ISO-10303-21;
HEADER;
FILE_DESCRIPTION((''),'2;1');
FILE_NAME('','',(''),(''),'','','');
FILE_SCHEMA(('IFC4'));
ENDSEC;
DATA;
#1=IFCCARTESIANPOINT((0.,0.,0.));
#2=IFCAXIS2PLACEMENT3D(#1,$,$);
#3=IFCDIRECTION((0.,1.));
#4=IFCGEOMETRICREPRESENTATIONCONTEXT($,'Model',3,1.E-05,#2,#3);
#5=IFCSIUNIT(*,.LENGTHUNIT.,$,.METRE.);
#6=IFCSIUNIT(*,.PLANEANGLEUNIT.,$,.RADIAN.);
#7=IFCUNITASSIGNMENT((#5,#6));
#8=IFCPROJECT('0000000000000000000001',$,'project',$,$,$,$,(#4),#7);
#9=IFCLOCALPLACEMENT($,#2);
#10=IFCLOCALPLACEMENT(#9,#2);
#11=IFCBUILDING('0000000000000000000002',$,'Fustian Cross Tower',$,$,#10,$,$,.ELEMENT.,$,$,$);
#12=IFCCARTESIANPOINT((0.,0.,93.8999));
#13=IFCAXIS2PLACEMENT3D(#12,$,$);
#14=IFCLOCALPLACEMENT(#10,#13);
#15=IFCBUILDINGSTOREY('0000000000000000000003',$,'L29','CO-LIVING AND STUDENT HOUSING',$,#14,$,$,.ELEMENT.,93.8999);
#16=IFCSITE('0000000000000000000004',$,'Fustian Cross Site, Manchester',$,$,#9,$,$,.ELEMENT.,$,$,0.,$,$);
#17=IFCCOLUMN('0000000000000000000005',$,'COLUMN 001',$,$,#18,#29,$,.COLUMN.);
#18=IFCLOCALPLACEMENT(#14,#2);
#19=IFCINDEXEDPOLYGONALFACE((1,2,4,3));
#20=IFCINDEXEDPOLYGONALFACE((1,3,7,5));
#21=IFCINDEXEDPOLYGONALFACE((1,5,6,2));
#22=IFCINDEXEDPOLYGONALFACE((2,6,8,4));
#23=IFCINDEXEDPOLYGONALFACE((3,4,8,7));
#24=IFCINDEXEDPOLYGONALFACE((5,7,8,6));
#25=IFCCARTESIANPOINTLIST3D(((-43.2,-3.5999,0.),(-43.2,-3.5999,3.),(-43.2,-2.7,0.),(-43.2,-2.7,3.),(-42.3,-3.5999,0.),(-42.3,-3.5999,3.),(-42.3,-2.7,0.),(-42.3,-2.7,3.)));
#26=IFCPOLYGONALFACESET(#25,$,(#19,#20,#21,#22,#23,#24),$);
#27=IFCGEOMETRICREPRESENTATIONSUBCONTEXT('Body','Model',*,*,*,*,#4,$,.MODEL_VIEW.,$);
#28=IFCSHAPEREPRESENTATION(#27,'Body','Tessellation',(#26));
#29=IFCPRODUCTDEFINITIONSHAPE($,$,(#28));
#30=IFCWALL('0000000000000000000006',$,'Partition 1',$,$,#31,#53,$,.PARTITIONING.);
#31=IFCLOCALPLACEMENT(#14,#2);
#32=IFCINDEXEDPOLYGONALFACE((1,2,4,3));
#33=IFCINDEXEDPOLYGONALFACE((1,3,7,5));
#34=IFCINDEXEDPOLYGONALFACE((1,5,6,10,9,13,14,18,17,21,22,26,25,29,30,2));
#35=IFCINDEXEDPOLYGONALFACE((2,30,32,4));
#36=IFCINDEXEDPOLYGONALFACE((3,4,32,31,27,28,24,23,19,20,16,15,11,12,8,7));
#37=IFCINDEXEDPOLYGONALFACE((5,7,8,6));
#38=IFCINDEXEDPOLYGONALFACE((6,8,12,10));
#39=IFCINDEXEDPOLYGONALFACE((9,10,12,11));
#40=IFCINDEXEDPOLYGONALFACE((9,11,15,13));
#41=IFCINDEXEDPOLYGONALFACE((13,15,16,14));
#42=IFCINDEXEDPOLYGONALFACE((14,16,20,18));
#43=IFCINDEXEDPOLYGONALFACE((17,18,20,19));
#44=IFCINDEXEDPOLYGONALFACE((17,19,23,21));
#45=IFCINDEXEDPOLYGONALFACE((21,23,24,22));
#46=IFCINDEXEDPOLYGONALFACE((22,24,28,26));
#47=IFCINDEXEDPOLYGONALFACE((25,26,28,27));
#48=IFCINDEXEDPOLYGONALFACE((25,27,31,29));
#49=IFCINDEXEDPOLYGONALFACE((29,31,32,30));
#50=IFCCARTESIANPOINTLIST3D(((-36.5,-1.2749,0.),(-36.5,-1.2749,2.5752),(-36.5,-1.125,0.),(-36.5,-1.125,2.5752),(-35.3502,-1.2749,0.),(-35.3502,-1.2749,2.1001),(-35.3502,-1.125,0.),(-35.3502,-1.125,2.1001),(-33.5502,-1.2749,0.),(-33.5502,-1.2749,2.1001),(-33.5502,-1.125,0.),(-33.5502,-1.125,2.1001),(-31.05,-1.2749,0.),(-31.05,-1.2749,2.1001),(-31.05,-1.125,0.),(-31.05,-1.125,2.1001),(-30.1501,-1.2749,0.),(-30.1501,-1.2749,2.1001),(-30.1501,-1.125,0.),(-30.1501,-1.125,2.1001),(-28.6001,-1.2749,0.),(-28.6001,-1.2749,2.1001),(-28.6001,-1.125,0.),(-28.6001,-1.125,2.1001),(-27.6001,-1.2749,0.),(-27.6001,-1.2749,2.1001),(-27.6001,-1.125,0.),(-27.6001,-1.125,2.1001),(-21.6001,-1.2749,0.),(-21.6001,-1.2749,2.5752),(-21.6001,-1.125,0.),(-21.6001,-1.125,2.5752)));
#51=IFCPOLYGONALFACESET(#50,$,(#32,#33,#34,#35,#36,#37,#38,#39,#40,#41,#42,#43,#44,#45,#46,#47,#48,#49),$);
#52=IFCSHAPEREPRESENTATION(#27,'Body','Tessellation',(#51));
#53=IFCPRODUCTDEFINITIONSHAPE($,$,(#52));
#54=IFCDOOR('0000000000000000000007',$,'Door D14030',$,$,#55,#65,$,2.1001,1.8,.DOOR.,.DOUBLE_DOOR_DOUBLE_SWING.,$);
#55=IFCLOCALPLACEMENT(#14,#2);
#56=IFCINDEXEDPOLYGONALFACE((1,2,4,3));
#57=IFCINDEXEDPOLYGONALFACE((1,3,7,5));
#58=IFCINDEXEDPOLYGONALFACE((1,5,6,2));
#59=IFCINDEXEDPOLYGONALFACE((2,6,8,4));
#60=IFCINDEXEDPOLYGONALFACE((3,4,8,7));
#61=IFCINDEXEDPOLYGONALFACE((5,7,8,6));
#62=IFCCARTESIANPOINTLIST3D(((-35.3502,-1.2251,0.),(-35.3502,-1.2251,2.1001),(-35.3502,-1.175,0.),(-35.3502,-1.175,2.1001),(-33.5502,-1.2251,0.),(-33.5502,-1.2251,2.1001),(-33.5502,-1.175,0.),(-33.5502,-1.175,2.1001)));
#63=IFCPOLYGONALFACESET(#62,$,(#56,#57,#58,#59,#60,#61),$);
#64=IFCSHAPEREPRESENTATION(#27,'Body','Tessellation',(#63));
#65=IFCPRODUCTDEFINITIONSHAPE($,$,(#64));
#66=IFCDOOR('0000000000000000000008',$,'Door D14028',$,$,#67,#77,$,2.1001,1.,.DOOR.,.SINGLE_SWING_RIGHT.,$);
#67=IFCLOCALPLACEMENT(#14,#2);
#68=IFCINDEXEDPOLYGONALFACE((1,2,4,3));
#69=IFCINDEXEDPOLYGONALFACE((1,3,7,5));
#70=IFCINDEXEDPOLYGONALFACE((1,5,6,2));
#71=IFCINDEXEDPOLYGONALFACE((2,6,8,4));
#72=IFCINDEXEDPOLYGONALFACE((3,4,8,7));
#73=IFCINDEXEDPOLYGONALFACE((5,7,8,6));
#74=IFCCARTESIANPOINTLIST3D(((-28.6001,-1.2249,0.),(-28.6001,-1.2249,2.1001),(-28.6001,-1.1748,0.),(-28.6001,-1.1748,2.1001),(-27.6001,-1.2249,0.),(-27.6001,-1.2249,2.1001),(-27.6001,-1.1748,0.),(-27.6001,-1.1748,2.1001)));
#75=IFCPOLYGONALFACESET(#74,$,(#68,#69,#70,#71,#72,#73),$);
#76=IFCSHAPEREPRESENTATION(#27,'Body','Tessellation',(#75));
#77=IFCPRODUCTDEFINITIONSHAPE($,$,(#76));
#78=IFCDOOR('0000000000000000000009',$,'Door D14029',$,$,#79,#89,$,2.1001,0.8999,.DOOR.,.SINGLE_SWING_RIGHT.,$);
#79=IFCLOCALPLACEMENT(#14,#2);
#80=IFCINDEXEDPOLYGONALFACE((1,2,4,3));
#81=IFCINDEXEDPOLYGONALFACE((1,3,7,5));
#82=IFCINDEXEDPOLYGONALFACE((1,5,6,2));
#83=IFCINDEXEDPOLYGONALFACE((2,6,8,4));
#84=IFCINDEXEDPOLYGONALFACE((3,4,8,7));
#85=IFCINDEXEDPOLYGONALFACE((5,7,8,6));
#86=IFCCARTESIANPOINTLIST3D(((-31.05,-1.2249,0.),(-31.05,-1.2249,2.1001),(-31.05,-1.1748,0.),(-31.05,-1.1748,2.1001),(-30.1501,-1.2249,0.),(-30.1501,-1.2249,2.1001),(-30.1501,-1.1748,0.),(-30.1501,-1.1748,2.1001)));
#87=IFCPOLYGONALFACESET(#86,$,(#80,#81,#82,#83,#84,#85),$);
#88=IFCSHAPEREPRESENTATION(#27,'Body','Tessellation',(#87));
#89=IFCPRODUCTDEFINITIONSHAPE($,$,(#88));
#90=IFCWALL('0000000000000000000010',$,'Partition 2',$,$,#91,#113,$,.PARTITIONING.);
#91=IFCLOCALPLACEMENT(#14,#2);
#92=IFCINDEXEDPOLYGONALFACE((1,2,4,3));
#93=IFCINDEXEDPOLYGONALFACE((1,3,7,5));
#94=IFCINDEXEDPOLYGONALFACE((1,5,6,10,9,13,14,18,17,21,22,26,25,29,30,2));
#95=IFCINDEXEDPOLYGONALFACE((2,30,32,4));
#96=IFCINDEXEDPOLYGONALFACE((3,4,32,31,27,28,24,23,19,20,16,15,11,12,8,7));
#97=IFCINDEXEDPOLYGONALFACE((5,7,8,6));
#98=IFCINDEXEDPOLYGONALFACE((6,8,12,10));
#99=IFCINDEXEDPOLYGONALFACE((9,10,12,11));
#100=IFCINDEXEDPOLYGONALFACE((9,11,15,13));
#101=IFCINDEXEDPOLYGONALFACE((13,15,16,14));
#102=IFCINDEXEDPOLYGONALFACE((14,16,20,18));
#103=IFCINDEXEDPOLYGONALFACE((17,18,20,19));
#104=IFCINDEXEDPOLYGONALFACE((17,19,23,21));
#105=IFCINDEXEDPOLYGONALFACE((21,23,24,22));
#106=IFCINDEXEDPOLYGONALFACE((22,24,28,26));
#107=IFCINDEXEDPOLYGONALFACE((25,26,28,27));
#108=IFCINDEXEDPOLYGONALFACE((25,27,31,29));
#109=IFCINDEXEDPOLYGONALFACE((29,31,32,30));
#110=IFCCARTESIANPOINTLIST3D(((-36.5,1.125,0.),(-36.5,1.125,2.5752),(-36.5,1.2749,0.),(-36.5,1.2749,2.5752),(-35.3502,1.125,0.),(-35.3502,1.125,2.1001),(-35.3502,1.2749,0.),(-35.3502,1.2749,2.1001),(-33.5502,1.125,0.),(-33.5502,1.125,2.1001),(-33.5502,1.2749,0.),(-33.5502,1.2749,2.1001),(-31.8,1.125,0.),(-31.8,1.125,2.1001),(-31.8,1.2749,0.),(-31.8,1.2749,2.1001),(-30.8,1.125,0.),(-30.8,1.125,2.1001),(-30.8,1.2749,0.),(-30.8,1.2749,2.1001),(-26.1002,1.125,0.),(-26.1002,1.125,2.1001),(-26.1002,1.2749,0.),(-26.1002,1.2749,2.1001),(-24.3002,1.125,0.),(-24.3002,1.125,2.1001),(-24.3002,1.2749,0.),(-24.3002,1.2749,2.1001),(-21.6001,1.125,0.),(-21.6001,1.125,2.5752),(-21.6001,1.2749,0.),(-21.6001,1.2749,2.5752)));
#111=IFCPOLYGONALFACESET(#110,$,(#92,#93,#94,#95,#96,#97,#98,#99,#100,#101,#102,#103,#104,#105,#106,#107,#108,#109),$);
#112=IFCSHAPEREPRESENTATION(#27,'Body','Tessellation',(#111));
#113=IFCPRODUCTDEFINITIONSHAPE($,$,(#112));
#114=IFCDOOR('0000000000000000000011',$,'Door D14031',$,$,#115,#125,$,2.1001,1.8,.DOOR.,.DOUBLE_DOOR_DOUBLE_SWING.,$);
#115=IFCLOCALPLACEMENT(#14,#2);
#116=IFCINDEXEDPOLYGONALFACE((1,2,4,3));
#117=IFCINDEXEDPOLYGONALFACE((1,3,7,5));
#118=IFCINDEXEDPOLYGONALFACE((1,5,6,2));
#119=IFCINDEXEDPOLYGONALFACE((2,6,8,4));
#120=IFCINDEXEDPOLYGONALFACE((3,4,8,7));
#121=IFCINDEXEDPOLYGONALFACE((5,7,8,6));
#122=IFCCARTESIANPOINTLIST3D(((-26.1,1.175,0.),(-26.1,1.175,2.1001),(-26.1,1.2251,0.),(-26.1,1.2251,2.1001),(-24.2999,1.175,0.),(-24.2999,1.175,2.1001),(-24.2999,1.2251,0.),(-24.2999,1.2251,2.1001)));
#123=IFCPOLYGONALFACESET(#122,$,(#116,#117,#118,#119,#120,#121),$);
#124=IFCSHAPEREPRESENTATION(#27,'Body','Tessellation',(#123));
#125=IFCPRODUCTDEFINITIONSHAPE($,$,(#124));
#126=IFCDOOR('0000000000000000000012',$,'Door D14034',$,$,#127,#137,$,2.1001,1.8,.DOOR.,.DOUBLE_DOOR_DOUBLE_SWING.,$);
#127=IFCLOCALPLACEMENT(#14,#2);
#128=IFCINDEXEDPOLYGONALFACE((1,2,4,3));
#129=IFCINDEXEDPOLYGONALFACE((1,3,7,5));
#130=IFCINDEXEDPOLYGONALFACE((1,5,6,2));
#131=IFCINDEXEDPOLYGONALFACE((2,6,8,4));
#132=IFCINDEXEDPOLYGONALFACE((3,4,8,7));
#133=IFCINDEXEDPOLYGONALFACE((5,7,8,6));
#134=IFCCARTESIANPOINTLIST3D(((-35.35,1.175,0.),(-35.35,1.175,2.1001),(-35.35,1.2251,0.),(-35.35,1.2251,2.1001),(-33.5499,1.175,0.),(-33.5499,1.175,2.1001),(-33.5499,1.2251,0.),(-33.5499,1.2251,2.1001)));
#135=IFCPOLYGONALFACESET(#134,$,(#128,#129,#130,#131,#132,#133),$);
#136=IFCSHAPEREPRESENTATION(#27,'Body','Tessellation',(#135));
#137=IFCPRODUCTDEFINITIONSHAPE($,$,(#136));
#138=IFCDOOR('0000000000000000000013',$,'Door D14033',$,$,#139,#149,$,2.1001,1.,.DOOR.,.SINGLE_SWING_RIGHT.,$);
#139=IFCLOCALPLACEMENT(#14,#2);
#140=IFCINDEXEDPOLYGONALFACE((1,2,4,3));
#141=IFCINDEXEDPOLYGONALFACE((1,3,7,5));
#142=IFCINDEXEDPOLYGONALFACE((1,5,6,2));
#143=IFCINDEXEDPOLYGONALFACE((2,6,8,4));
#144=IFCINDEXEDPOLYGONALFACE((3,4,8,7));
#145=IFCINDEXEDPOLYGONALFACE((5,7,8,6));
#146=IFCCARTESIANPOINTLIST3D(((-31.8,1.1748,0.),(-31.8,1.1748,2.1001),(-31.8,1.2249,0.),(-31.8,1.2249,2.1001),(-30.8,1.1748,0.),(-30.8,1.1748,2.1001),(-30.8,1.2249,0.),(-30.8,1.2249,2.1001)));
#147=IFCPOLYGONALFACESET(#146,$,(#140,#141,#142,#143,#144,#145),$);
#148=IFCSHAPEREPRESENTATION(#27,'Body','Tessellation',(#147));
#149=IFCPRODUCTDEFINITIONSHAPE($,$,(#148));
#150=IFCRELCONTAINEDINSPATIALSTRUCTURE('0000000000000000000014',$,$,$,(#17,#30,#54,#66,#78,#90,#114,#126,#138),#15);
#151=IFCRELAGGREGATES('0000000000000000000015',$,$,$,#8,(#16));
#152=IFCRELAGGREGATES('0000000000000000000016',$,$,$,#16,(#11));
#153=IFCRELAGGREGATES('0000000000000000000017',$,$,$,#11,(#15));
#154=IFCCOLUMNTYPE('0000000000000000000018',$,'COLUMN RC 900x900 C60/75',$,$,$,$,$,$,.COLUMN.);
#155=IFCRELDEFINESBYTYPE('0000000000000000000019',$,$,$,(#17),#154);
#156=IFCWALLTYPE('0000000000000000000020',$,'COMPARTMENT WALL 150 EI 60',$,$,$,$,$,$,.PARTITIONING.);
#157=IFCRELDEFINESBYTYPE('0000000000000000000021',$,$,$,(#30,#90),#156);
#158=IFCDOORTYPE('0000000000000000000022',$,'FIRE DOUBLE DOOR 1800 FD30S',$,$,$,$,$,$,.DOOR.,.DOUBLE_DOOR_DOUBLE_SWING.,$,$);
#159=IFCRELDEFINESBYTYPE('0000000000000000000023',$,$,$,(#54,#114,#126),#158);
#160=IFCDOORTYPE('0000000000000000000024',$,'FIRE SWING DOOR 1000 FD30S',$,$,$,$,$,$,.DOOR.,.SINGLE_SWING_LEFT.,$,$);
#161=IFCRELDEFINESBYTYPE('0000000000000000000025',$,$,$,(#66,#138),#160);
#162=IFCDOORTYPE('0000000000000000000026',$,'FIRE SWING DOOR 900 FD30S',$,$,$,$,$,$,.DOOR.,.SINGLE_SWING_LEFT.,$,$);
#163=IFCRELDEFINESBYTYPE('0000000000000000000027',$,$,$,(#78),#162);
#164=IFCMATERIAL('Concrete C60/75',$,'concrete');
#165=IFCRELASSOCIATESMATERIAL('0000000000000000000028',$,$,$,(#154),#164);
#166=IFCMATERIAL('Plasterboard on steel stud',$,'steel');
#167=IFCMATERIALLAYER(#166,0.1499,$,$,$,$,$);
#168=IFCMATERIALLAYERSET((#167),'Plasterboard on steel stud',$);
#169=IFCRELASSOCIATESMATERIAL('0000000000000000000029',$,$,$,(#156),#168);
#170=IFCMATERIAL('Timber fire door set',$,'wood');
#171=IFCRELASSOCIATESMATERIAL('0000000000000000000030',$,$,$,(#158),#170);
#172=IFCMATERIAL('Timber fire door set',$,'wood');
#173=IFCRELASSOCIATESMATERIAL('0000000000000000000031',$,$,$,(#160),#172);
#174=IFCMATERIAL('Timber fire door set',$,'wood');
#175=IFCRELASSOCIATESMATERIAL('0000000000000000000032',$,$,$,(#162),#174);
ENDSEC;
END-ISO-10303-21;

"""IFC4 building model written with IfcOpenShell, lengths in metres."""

from ifc_helpers import new_model, si_unit, direction, frame, frame_2d, origin, origin_2d, place, context, subcontext, project, spatial, rectangle, extrude, material, layer, layer_set, material_profile, profile_set, type_object, element, fill, save


model = new_model("IFC4")

# Units and contexts
model_context = context("Model", 3, precision=1e-05, world=origin(), true_north=direction((0.0, 1.0)))
body_context = subcontext(model_context, "Body", "Model", "MODEL_VIEW")
ifc_project = project(units=[si_unit("LENGTHUNIT", "METRE"), si_unit("PLANEANGLEUNIT", "RADIAN")], contexts=[model_context])

# Site, building, storey
site_placement = place(None, origin())
site = spatial("IfcSite", under=ifc_project, at=site_placement, Name="Fustian Cross Site, Manchester", CompositionType="ELEMENT", RefElevation=0.0)
building_placement = place(site_placement, origin())
building = spatial("IfcBuilding", under=site, at=building_placement, Name="Fustian Cross Tower", CompositionType="ELEMENT")
storey_placement = place(building_placement, frame((0.0, 0.0, 93.8999)))
storey = spatial("IfcBuildingStorey", under=building, at=storey_placement, Name="L29", Description="CO-LIVING AND STUDENT HOUSING", CompositionType="ELEMENT", Elevation=93.8999)

# Column
ifc_material_1 = material(Name="Concrete C60/75", Category="concrete")
ifc_material_profile = material_profile(ifc_material_1, rectangle(XDim=0.8999, YDim=0.8999, at=origin_2d()), Name="RC 900x900")
ifc_profile_set = profile_set([ifc_material_profile], Name="Concrete C60/75")
column_type = type_object("IfcColumnType", Name="COLUMN RC 900x900 C60/75", PredefinedType="COLUMN", material=ifc_profile_set)
column_placement = place(storey_placement, frame((-42.75, -3.1499, 0.0), z_axis=(0.0, 0.0, 1.0), x_axis=(1.0, 0.0, 0.0)))
element("IfcColumn", 1, at=column_placement, inside=storey, type_object=column_type, Name="COLUMN 001", PredefinedType="COLUMN", context=body_context, shape_type="SweptSolid", body=[
    extrude(rectangle(XDim=0.8999, YDim=0.8999, at=origin_2d()), origin(), (0.0, 0.0, 1.0), 3.0),
])

# Walls, openings, doors
ifc_material_2 = material(Name="Plasterboard on steel stud", Category="steel")
ifc_layer_1 = layer(ifc_material_2, 0.1499)
ifc_layer_set_1 = layer_set([ifc_layer_1], Name="Plasterboard on steel stud")
wall_type_1 = type_object("IfcWallType", Name="COMPARTMENT WALL 150 EI 60", PredefinedType="PARTITIONING", material=ifc_layer_set_1)
wall_1_placement = place(storey_placement, frame((-36.5, -1.2, 0.0), z_axis=(0.0, 0.0, 1.0), x_axis=(1.0, 0.0, 0.0)))
wall_1 = element("IfcWall", 2, at=wall_1_placement, inside=storey, type_object=wall_type_1, Name="Partition 1", PredefinedType="PARTITIONING", context=body_context, shape_type="SweptSolid", body=[
    extrude(rectangle(XDim=14.8999, YDim=0.1499, at=frame_2d((7.45, 0.0))), origin(), (0.0, 0.0, 1.0), 2.5752),
])
opening_1_placement = place(wall_1_placement, frame((7.8999, 0.0, 0.0)))
opening_1 = element("IfcOpeningElement", 3, at=opening_1_placement, cuts=wall_1, PredefinedType="OPENING", context=body_context, shape_type="SweptSolid", body=[
    extrude(rectangle(XDim=1.0, YDim=2.1001, at=frame_2d((0.5, 1.05))), frame((0.0, 0.085, 0.0), z_axis=(0.0, -1.0, 0.0), x_axis=(1.0, 0.0, 0.0)), (0.0, 0.0, 1.0), 0.1699),
])
opening_2_placement = place(wall_1_placement, frame((5.45, 0.0, 0.0)))
opening_2 = element("IfcOpeningElement", 4, at=opening_2_placement, cuts=wall_1, PredefinedType="OPENING", context=body_context, shape_type="SweptSolid", body=[
    extrude(rectangle(XDim=0.8999, YDim=2.1001, at=frame_2d((0.45, 1.05))), frame((0.0, 0.085, 0.0), z_axis=(0.0, -1.0, 0.0), x_axis=(1.0, 0.0, 0.0)), (0.0, 0.0, 1.0), 0.1699),
])
opening_3_placement = place(wall_1_placement, frame((1.1499, 0.0, 0.0)))
opening_3 = element("IfcOpeningElement", 5, at=opening_3_placement, cuts=wall_1, PredefinedType="OPENING", context=body_context, shape_type="SweptSolid", body=[
    extrude(rectangle(XDim=1.8, YDim=2.1001, at=frame_2d((0.8999, 1.05))), frame((0.0, 0.085, 0.0), z_axis=(0.0, -1.0, 0.0), x_axis=(1.0, 0.0, 0.0)), (0.0, 0.0, 1.0), 0.1699),
])
ifc_material_3 = material(Name="Timber fire door set", Category="wood")
door_type_1 = type_object("IfcDoorType", Name="FIRE DOUBLE DOOR 1800 FD30S", OperationType="DOUBLE_DOOR_DOUBLE_SWING", PredefinedType="DOOR", material=ifc_material_3)
door_1_placement = place(opening_3_placement, origin())
door_1 = element("IfcDoor", 6, at=door_1_placement, inside=storey, type_object=door_type_1, Name="Door D14030", OperationType="DOUBLE_DOOR_DOUBLE_SWING", OverallHeight=2.1001, OverallWidth=1.8, PredefinedType="DOOR", context=body_context, shape_type="SweptSolid", body=[
    extrude(rectangle(XDim=1.8, YDim=2.1001, at=frame_2d((0.8999, 1.05))), frame((0.0, 0.0249, 0.0), z_axis=(0.0, -1.0, 0.0), x_axis=(1.0, 0.0, 0.0)), (0.0, 0.0, 1.0), 0.05),
])
fill(opening_3, door_1)
ifc_material_4 = material(Name="Timber fire door set", Category="wood")
door_type_2 = type_object("IfcDoorType", Name="FIRE SWING DOOR 1000 FD30S", OperationType="SINGLE_SWING_LEFT", PredefinedType="DOOR", material=ifc_material_4)
door_2_placement = place(opening_1_placement, frame((1.0, 0.0, 0.0), z_axis=(0.0, 0.0, 1.0), x_axis=(-1.0, 0.0, 0.0)))
door_2 = element("IfcDoor", 7, at=door_2_placement, inside=storey, type_object=door_type_2, Name="Door D14028", OperationType="SINGLE_SWING_RIGHT", OverallHeight=2.1001, OverallWidth=1.0, PredefinedType="DOOR", context=body_context, shape_type="SweptSolid", body=[
    extrude(rectangle(XDim=1.0, YDim=2.1001, at=frame_2d((0.5, 1.05))), frame((0.0, 0.0249, 0.0), z_axis=(0.0, -1.0, 0.0), x_axis=(1.0, 0.0, 0.0)), (0.0, 0.0, 1.0), 0.05),
])
fill(opening_1, door_2)
ifc_material_5 = material(Name="Timber fire door set", Category="wood")
door_type_3 = type_object("IfcDoorType", Name="FIRE SWING DOOR 900 FD30S", OperationType="SINGLE_SWING_LEFT", PredefinedType="DOOR", material=ifc_material_5)
door_3_placement = place(opening_2_placement, frame((0.8999, 0.0, 0.0), z_axis=(0.0, 0.0, 1.0), x_axis=(-1.0, 0.0, 0.0)))
door_3 = element("IfcDoor", 8, at=door_3_placement, inside=storey, type_object=door_type_3, Name="Door D14029", OperationType="SINGLE_SWING_RIGHT", OverallHeight=2.1001, OverallWidth=0.8999, PredefinedType="DOOR", context=body_context, shape_type="SweptSolid", body=[
    extrude(rectangle(XDim=0.8999, YDim=2.1001, at=frame_2d((0.45, 1.05))), frame((0.0, 0.0249, 0.0), z_axis=(0.0, -1.0, 0.0), x_axis=(1.0, 0.0, 0.0)), (0.0, 0.0, 1.0), 0.05),
])
fill(opening_2, door_3)
wall_2_placement = place(storey_placement, frame((-36.5, 1.2, 0.0), z_axis=(0.0, 0.0, 1.0), x_axis=(1.0, 0.0, 0.0)))
wall_2 = element("IfcWall", 9, at=wall_2_placement, inside=storey, type_object=wall_type_1, Name="Partition 2", PredefinedType="PARTITIONING", context=body_context, shape_type="SweptSolid", body=[
    extrude(rectangle(XDim=14.8999, YDim=0.1499, at=frame_2d((7.45, 0.0))), origin(), (0.0, 0.0, 1.0), 2.5752),
])
opening_4_placement = place(wall_2_placement, frame((10.3999, 0.0, 0.0)))
opening_4 = element("IfcOpeningElement", 10, at=opening_4_placement, cuts=wall_2, PredefinedType="OPENING", context=body_context, shape_type="SweptSolid", body=[
    extrude(rectangle(XDim=1.8, YDim=2.1001, at=frame_2d((0.8999, 1.05))), frame((0.0, 0.085, 0.0), z_axis=(0.0, -1.0, 0.0), x_axis=(1.0, 0.0, 0.0)), (0.0, 0.0, 1.0), 0.1699),
])
opening_5_placement = place(wall_2_placement, frame((4.7, 0.0, 0.0)))
opening_5 = element("IfcOpeningElement", 11, at=opening_5_placement, cuts=wall_2, PredefinedType="OPENING", context=body_context, shape_type="SweptSolid", body=[
    extrude(rectangle(XDim=1.0, YDim=2.1001, at=frame_2d((0.5, 1.05))), frame((0.0, 0.085, 0.0), z_axis=(0.0, -1.0, 0.0), x_axis=(1.0, 0.0, 0.0)), (0.0, 0.0, 1.0), 0.1699),
])
opening_6_placement = place(wall_2_placement, frame((1.1499, 0.0, 0.0)))
opening_6 = element("IfcOpeningElement", 12, at=opening_6_placement, cuts=wall_2, PredefinedType="OPENING", context=body_context, shape_type="SweptSolid", body=[
    extrude(rectangle(XDim=1.8, YDim=2.1001, at=frame_2d((0.8999, 1.05))), frame((0.0, 0.085, 0.0), z_axis=(0.0, -1.0, 0.0), x_axis=(1.0, 0.0, 0.0)), (0.0, 0.0, 1.0), 0.1699),
])
door_4_placement = place(opening_4_placement, frame((1.8, 0.0, 0.0), z_axis=(0.0, 0.0, 1.0), x_axis=(-1.0, 0.0, 0.0)))
door_4 = element("IfcDoor", 13, at=door_4_placement, inside=storey, type_object=door_type_1, Name="Door D14031", OperationType="DOUBLE_DOOR_DOUBLE_SWING", OverallHeight=2.1001, OverallWidth=1.8, PredefinedType="DOOR", context=body_context, shape_type="SweptSolid", body=[
    extrude(rectangle(XDim=1.8, YDim=2.1001, at=frame_2d((0.8999, 1.05))), frame((0.0, 0.0249, 0.0), z_axis=(0.0, -1.0, 0.0), x_axis=(1.0, 0.0, 0.0)), (0.0, 0.0, 1.0), 0.05),
])
fill(opening_4, door_4)
door_5_placement = place(opening_6_placement, frame((1.8, 0.0, 0.0), z_axis=(0.0, 0.0, 1.0), x_axis=(-1.0, 0.0, 0.0)))
door_5 = element("IfcDoor", 14, at=door_5_placement, inside=storey, type_object=door_type_1, Name="Door D14034", OperationType="DOUBLE_DOOR_DOUBLE_SWING", OverallHeight=2.1001, OverallWidth=1.8, PredefinedType="DOOR", context=body_context, shape_type="SweptSolid", body=[
    extrude(rectangle(XDim=1.8, YDim=2.1001, at=frame_2d((0.8999, 1.05))), frame((0.0, 0.0249, 0.0), z_axis=(0.0, -1.0, 0.0), x_axis=(1.0, 0.0, 0.0)), (0.0, 0.0, 1.0), 0.05),
])
fill(opening_6, door_5)
door_6_placement = place(opening_5_placement, origin())
door_6 = element("IfcDoor", 15, at=door_6_placement, inside=storey, type_object=door_type_2, Name="Door D14033", OperationType="SINGLE_SWING_RIGHT", OverallHeight=2.1001, OverallWidth=1.0, PredefinedType="DOOR", context=body_context, shape_type="SweptSolid", body=[
    extrude(rectangle(XDim=1.0, YDim=2.1001, at=frame_2d((0.5, 1.05))), frame((0.0, 0.0249, 0.0), z_axis=(0.0, -1.0, 0.0), x_axis=(1.0, 0.0, 0.0)), (0.0, 0.0, 1.0), 0.05),
])
fill(opening_5, door_6)

save(model, "model.ifc")
